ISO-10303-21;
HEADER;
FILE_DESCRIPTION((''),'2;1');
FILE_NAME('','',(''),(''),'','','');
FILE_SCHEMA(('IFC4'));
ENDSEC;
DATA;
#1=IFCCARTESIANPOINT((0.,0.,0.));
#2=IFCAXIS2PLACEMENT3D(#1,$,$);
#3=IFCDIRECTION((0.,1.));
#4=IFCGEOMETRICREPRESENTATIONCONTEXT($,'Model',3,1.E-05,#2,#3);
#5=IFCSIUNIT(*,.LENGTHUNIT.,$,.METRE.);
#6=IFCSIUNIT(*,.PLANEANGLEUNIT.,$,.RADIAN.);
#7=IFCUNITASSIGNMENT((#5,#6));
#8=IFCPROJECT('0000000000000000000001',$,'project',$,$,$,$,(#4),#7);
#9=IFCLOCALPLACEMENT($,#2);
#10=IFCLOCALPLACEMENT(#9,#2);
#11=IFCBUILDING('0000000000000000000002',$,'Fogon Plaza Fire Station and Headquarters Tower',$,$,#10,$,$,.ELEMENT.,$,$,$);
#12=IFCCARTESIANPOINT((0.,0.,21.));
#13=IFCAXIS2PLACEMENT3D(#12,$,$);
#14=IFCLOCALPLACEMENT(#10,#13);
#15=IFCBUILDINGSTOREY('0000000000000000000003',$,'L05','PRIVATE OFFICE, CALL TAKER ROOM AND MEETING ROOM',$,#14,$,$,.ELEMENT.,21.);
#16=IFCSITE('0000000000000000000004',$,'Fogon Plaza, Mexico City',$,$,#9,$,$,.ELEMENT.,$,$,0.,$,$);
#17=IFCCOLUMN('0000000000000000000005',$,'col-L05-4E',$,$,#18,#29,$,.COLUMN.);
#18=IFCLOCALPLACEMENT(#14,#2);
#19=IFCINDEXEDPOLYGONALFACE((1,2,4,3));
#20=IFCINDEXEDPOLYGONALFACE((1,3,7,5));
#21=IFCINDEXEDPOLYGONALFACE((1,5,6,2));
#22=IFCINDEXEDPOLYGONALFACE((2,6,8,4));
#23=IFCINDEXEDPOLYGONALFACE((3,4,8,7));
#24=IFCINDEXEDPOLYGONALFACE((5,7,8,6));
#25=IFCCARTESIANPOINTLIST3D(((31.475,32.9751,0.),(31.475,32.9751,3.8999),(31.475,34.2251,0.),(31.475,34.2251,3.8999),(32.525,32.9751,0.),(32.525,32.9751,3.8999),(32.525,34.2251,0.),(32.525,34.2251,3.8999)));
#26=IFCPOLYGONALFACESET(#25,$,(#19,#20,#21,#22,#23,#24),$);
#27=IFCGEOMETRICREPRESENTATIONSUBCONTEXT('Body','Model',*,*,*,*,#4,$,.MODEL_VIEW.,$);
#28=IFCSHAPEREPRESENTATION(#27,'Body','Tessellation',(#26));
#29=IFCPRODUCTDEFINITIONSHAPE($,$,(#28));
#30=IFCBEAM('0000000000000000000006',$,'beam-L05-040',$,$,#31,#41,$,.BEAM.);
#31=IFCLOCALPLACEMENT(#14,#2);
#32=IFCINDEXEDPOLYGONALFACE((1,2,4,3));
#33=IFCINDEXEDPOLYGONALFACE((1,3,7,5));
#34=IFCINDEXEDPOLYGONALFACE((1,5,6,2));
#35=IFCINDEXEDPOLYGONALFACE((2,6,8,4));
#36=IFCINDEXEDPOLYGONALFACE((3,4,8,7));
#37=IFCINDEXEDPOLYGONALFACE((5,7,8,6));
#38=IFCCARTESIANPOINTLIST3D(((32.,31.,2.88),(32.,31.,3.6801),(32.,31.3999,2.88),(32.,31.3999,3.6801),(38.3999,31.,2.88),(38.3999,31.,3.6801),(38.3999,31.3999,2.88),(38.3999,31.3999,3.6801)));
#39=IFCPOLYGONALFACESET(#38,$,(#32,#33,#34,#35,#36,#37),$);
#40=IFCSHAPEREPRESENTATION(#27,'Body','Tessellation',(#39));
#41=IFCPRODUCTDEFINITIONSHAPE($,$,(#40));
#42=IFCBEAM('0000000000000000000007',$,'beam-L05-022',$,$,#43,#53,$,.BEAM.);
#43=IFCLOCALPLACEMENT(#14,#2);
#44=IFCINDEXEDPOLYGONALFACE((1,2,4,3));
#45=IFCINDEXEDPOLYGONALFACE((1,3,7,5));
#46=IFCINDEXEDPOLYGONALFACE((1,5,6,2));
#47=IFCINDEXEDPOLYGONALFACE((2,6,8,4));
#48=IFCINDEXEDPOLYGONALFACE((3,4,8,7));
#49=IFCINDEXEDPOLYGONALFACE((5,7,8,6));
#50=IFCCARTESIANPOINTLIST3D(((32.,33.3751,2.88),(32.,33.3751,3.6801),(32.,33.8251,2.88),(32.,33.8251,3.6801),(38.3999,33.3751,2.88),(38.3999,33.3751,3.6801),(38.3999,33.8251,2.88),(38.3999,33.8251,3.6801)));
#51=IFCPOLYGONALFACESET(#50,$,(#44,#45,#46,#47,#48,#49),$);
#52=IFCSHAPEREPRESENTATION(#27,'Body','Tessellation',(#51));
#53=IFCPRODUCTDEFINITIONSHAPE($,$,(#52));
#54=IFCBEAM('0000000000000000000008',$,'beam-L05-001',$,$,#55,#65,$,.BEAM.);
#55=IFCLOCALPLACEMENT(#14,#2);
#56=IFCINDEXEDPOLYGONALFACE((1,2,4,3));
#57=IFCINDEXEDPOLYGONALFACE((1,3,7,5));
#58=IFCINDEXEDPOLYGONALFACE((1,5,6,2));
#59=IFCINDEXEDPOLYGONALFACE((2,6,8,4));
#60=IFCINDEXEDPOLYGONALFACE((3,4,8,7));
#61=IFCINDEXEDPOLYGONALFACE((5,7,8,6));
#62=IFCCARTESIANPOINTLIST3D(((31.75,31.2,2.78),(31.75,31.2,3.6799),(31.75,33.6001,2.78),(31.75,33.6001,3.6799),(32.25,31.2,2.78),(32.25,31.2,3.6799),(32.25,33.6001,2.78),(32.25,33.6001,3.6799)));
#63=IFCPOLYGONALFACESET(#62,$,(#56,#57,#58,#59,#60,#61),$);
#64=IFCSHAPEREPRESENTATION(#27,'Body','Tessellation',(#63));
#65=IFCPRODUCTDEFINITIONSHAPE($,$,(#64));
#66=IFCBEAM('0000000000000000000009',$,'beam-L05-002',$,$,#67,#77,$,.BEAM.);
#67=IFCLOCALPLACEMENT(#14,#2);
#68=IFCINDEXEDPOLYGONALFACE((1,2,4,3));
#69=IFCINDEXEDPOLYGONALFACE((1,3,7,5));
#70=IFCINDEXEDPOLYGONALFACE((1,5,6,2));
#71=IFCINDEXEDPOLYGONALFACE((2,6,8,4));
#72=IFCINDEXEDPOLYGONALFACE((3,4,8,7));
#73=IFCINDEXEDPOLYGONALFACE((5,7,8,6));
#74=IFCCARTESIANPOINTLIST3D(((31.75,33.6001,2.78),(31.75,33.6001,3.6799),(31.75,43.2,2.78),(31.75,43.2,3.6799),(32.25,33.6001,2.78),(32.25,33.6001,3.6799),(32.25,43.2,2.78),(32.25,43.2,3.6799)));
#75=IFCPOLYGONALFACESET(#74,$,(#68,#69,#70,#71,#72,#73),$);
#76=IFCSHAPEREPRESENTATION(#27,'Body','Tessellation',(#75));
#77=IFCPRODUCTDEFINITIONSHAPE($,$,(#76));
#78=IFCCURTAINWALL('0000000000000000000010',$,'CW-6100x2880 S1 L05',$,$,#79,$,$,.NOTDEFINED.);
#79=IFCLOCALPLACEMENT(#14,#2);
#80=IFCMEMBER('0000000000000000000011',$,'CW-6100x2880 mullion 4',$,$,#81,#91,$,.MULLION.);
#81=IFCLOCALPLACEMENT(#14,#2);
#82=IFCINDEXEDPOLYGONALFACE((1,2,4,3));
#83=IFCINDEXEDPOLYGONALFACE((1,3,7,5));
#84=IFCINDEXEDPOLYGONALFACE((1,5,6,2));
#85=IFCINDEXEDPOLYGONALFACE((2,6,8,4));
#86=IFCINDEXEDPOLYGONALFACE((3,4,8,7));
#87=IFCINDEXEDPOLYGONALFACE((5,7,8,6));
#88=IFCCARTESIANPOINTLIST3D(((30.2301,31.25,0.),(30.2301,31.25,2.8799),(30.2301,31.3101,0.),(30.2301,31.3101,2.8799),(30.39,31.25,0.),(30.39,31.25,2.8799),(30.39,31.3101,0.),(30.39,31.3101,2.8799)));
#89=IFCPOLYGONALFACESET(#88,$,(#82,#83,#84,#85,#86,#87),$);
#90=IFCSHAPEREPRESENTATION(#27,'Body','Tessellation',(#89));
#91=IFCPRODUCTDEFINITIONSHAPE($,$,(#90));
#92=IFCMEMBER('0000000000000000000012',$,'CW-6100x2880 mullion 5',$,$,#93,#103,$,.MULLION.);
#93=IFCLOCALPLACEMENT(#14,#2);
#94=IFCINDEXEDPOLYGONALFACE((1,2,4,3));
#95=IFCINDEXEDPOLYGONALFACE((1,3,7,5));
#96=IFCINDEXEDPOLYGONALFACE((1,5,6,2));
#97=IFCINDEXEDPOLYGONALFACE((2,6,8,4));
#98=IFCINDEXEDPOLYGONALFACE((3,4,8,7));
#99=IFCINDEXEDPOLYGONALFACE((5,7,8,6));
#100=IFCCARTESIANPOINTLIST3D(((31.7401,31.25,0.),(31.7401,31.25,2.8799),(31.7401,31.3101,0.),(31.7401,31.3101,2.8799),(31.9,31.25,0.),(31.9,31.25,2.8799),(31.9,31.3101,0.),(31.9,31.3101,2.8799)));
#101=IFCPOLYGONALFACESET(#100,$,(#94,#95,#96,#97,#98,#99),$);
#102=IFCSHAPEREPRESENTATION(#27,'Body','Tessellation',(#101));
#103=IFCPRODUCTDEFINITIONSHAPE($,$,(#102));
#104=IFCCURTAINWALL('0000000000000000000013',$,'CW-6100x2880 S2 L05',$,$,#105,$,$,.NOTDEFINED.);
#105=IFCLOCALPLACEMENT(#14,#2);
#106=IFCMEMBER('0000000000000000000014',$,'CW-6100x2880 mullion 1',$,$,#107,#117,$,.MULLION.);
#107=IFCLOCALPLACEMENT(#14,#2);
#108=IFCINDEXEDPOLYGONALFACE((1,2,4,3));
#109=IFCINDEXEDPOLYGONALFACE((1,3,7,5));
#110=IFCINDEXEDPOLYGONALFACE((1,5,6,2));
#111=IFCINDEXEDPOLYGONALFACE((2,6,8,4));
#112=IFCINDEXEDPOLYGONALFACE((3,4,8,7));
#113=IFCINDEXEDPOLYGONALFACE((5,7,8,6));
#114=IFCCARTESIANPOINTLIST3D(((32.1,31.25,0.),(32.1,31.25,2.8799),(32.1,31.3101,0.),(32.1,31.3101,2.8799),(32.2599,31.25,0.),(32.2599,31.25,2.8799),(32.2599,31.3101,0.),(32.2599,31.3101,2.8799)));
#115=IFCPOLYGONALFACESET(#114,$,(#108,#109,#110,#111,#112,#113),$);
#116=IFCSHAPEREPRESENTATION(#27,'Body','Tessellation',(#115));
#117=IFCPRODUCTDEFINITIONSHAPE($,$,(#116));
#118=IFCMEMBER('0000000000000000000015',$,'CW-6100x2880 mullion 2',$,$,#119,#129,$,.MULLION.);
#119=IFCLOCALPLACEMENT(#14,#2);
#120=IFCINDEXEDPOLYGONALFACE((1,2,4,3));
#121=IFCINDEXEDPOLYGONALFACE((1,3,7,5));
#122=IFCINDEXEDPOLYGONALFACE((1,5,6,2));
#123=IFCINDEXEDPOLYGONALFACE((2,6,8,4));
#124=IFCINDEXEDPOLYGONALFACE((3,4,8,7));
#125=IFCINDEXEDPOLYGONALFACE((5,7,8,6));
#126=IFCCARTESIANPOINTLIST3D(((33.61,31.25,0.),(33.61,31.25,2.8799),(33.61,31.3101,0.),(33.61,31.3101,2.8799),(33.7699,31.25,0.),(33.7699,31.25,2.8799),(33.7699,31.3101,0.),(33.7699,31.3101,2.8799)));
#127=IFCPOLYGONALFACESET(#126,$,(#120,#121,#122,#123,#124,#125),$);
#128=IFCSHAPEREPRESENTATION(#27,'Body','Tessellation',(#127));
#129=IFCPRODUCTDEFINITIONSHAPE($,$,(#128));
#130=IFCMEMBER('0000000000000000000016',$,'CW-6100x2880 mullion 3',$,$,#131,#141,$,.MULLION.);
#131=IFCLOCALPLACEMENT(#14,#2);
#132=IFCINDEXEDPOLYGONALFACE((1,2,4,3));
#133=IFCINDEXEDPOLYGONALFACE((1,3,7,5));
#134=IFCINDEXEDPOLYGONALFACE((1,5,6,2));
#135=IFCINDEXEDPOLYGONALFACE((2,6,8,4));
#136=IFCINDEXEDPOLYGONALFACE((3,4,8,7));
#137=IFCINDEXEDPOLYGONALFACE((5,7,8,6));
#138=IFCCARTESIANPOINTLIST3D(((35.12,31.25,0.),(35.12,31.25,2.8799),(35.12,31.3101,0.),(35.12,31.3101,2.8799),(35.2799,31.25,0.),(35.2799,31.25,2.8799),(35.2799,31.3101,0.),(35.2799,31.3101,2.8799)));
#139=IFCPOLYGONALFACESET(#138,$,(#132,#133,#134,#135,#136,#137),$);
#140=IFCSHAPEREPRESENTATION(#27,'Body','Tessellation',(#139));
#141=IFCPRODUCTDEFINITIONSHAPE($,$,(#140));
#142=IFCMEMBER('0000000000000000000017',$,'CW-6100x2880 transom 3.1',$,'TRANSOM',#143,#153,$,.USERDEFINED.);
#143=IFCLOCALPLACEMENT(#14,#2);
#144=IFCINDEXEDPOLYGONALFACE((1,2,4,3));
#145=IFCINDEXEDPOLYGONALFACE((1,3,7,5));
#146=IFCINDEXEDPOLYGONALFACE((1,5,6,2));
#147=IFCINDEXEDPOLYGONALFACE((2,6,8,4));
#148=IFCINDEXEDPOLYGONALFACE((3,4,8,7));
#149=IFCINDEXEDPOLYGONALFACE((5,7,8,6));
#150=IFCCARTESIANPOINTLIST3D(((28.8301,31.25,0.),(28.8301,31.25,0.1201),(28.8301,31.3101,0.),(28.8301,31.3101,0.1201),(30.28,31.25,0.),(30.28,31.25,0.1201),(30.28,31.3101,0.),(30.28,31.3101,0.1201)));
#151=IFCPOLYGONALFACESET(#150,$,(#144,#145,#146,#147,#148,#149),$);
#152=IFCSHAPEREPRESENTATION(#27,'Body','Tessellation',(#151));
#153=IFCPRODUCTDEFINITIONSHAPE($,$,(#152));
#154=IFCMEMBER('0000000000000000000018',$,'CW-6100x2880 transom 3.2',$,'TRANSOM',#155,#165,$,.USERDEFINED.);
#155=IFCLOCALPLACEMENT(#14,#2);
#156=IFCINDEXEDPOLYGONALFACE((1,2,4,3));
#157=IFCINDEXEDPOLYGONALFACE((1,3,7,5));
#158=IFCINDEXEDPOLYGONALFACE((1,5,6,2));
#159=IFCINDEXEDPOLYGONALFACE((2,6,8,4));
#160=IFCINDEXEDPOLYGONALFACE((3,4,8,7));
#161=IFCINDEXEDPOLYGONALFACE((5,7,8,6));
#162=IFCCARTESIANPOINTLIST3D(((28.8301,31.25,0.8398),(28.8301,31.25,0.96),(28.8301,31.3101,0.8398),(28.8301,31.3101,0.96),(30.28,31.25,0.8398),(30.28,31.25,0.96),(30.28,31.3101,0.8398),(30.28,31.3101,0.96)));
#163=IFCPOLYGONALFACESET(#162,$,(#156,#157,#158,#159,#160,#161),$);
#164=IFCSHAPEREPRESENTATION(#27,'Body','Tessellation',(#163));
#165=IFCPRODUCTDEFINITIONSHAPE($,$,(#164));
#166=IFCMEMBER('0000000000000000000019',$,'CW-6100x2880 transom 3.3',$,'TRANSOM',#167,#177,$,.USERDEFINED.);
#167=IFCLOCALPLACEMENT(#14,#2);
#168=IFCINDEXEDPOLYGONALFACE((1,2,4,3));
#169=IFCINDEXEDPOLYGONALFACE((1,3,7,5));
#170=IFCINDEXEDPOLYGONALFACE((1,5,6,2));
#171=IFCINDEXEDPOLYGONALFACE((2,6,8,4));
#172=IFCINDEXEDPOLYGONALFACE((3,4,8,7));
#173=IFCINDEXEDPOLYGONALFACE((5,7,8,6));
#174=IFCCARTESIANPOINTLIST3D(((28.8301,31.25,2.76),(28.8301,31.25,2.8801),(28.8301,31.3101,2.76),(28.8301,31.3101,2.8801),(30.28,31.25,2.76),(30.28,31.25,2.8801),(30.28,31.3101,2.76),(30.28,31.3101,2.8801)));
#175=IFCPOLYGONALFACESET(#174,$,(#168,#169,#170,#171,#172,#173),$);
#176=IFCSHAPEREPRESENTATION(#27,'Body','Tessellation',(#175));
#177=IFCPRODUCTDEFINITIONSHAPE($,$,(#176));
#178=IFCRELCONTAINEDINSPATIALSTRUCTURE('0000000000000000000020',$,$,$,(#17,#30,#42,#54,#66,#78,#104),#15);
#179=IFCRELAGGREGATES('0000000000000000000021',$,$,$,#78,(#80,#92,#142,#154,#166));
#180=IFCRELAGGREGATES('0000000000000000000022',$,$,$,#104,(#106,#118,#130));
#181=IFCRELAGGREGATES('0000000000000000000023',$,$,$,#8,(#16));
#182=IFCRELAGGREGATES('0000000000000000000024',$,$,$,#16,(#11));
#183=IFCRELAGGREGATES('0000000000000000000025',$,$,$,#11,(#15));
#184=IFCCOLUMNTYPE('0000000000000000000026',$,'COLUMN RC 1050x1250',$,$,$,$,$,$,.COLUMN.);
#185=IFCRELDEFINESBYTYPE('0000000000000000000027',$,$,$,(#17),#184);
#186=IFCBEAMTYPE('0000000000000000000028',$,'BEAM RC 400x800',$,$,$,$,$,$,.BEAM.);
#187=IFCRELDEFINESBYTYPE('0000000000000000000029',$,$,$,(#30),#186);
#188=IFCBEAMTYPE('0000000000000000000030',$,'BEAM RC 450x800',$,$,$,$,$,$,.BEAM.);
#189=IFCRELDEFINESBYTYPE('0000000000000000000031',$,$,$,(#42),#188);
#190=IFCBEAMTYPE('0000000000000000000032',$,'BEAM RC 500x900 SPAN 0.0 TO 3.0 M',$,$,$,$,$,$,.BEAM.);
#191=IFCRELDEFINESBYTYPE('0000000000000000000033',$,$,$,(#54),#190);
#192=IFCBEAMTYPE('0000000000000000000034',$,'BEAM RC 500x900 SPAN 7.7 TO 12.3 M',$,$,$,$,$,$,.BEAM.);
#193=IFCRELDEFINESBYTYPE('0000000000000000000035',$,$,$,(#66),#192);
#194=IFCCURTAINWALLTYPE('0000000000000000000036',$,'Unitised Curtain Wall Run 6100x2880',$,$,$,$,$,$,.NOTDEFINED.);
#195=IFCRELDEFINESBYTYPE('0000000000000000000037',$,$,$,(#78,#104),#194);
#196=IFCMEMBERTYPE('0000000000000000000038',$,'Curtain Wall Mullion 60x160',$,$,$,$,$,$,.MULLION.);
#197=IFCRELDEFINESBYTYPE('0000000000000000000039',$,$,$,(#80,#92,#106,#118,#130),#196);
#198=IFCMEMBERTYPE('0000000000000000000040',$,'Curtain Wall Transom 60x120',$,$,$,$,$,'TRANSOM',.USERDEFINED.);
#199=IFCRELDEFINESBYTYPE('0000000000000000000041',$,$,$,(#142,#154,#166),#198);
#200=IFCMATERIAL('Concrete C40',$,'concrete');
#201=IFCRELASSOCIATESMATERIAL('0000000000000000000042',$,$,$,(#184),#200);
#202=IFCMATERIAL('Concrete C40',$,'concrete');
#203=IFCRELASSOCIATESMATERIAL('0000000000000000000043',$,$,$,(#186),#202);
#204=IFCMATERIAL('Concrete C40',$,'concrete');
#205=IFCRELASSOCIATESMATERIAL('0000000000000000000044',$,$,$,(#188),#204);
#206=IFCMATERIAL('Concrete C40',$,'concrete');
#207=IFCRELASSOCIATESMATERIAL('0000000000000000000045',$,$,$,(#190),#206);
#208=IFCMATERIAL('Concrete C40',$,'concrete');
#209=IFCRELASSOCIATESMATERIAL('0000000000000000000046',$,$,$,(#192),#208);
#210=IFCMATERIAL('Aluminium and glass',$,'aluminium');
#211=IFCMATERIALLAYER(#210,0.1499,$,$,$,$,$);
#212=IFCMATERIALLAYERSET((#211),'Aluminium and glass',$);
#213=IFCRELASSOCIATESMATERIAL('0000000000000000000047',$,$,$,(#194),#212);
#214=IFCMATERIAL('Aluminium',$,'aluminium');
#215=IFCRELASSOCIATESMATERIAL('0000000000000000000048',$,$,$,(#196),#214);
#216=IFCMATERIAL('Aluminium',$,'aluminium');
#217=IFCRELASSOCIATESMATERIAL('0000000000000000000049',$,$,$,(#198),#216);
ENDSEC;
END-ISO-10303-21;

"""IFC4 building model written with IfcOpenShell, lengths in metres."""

from ifc_helpers import new_model, si_unit, direction, frame, origin, origin_2d, place, context, subcontext, project, spatial, rectangle, extrude, material, layer, layer_set, material_profile, profile_set, type_object, element, aggregate, save


model = new_model("IFC4")

# Units and contexts
model_context = context("Model", 3, precision=1e-05, world=origin(), true_north=direction((0.0, 1.0)))
body_context = subcontext(model_context, "Body", "Model", "MODEL_VIEW")
ifc_project = project(units=[si_unit("LENGTHUNIT", "METRE"), si_unit("PLANEANGLEUNIT", "RADIAN")], contexts=[model_context])

# Site, building, storey
site_placement = place(None, origin())
site = spatial("IfcSite", under=ifc_project, at=site_placement, Name="Fogon Plaza, Mexico City", CompositionType="ELEMENT", RefElevation=0.0)
building_placement = place(site_placement, origin())
building = spatial("IfcBuilding", under=site, at=building_placement, Name="Fogon Plaza Fire Station and Headquarters Tower", CompositionType="ELEMENT")
storey_placement = place(building_placement, frame((0.0, 0.0, 21.0)))
storey = spatial("IfcBuildingStorey", under=building, at=storey_placement, Name="L05", Description="PRIVATE OFFICE, CALL TAKER ROOM AND MEETING ROOM", CompositionType="ELEMENT", Elevation=21.0)

# Column
ifc_material_1 = material(Name="Concrete C40", Category="concrete")
ifc_material_profile_1 = material_profile(ifc_material_1, rectangle(XDim=1.05, YDim=1.25, at=origin_2d()), Name="RC 1050x1250")
ifc_profile_set_1 = profile_set([ifc_material_profile_1], Name="Concrete C40")
column_type = type_object("IfcColumnType", Name="COLUMN RC 1050x1250", PredefinedType="COLUMN", material=ifc_profile_set_1)
column_placement = place(storey_placement, frame((32.0, 33.6001, 0.0), z_axis=(0.0, 0.0, 1.0), x_axis=(1.0, 0.0, 0.0)))
element("IfcColumn", 1, at=column_placement, inside=storey, type_object=column_type, Name="col-L05-4E", PredefinedType="COLUMN", context=body_context, shape_type="SweptSolid", body=[
    extrude(rectangle(XDim=1.05, YDim=1.25, at=origin_2d()), origin(), (0.0, 0.0, 1.0), 3.8999),
])

# Beams
ifc_material_2 = material(Name="Concrete C40", Category="concrete")
ifc_material_profile_2 = material_profile(ifc_material_2, rectangle(XDim=0.3999, YDim=0.8, at=origin_2d()), Name="RC 400x800")
ifc_profile_set_2 = profile_set([ifc_material_profile_2], Name="Concrete C40")
beam_type_1 = type_object("IfcBeamType", Name="BEAM RC 400x800", PredefinedType="BEAM", material=ifc_profile_set_2)
beam_1_placement = place(storey_placement, frame((32.0, 31.2, 3.28), z_axis=(1.0, 0.0, 0.0), x_axis=(0.0, 1.0, 0.0)))
element("IfcBeam", 2, at=beam_1_placement, inside=storey, type_object=beam_type_1, Name="beam-L05-040", PredefinedType="BEAM", context=body_context, shape_type="SweptSolid", body=[
    extrude(rectangle(XDim=0.3999, YDim=0.8, at=origin_2d()), origin(), (0.0, 0.0, 1.0), 6.3999),
])
ifc_material_3 = material(Name="Concrete C40", Category="concrete")
ifc_material_profile_3 = material_profile(ifc_material_3, rectangle(XDim=0.45, YDim=0.8, at=origin_2d()), Name="RC 450x800")
ifc_profile_set_3 = profile_set([ifc_material_profile_3], Name="Concrete C40")
beam_type_2 = type_object("IfcBeamType", Name="BEAM RC 450x800", PredefinedType="BEAM", material=ifc_profile_set_3)
beam_2_placement = place(storey_placement, frame((32.0, 33.6001, 3.28), z_axis=(1.0, 0.0, 0.0), x_axis=(0.0, 1.0, 0.0)))
element("IfcBeam", 3, at=beam_2_placement, inside=storey, type_object=beam_type_2, Name="beam-L05-022", PredefinedType="BEAM", context=body_context, shape_type="SweptSolid", body=[
    extrude(rectangle(XDim=0.45, YDim=0.8, at=origin_2d()), origin(), (0.0, 0.0, 1.0), 6.3999),
])
ifc_material_4 = material(Name="Concrete C40", Category="concrete")
ifc_material_profile_4 = material_profile(ifc_material_4, rectangle(XDim=0.5, YDim=0.8999, at=origin_2d()), Name="RC 500x900")
ifc_profile_set_4 = profile_set([ifc_material_profile_4], Name="Concrete C40")
beam_type_3 = type_object("IfcBeamType", Name="BEAM RC 500x900 SPAN 0.0 TO 3.0 M", PredefinedType="BEAM", material=ifc_profile_set_4)
beam_3_placement = place(storey_placement, frame((32.0, 31.2, 3.23), z_axis=(0.0, 1.0, 0.0), x_axis=(-1.0, 0.0, 0.0)))
element("IfcBeam", 4, at=beam_3_placement, inside=storey, type_object=beam_type_3, Name="beam-L05-001", PredefinedType="BEAM", context=body_context, shape_type="SweptSolid", body=[
    extrude(rectangle(XDim=0.5, YDim=0.8999, at=origin_2d()), origin(), (0.0, 0.0, 1.0), 2.4001),
])
ifc_material_5 = material(Name="Concrete C40", Category="concrete")
ifc_material_profile_5 = material_profile(ifc_material_5, rectangle(XDim=0.5, YDim=0.8999, at=origin_2d()), Name="RC 500x900")
ifc_profile_set_5 = profile_set([ifc_material_profile_5], Name="Concrete C40")
beam_type_4 = type_object("IfcBeamType", Name="BEAM RC 500x900 SPAN 7.7 TO 12.3 M", PredefinedType="BEAM", material=ifc_profile_set_5)
beam_4_placement = place(storey_placement, frame((32.0, 33.6001, 3.23), z_axis=(0.0, 1.0, 0.0), x_axis=(-1.0, 0.0, 0.0)))
element("IfcBeam", 5, at=beam_4_placement, inside=storey, type_object=beam_type_4, Name="beam-L05-002", PredefinedType="BEAM", context=body_context, shape_type="SweptSolid", body=[
    extrude(rectangle(XDim=0.5, YDim=0.8999, at=origin_2d()), origin(), (0.0, 0.0, 1.0), 9.5999),
])

# Curtain walls, members
ifc_material_6 = material(Name="Aluminium and glass", Category="aluminium")
ifc_layer_1 = layer(ifc_material_6, 0.1499)
ifc_layer_set_1 = layer_set([ifc_layer_1], Name="Aluminium and glass")
curtain_wall_type = type_object("IfcCurtainWallType", Name="Unitised Curtain Wall Run 6100x2880", PredefinedType="NOTDEFINED", material=ifc_layer_set_1)
curtain_wall_1_placement = place(storey_placement, origin())
curtain_wall_1 = element("IfcCurtainWall", 6, at=curtain_wall_1_placement, inside=storey, type_object=curtain_wall_type, Name="CW-6100x2880 S1 L05", PredefinedType="NOTDEFINED")
ifc_material_7 = material(Name="Aluminium", Category="aluminium")
ifc_material_profile_6 = material_profile(ifc_material_7, rectangle(XDim=0.0601, YDim=0.1599, at=origin_2d()), Name="Curtain Wall Mullion 60x160")
ifc_profile_set_6 = profile_set([ifc_material_profile_6], Name="Aluminium")
member_type_1 = type_object("IfcMemberType", Name="Curtain Wall Mullion 60x160", PredefinedType="MULLION", material=ifc_profile_set_6)
member_1_placement = place(storey_placement, frame((30.3101, 31.28, 0.0), z_axis=(0.0, 0.0, 1.0), x_axis=(0.0, 1.0, 0.0)))
member_1 = element("IfcMember", 7, at=member_1_placement, type_object=member_type_1, Name="CW-6100x2880 mullion 4", PredefinedType="MULLION", context=body_context, shape_type="SweptSolid", body=[
    extrude(rectangle(XDim=0.0601, YDim=0.1599, at=origin_2d()), origin(), (0.0, 0.0, 1.0), 2.8799),
])
member_2_placement = place(storey_placement, frame((31.8201, 31.28, 0.0), z_axis=(0.0, 0.0, 1.0), x_axis=(0.0, 1.0, 0.0)))
member_2 = element("IfcMember", 8, at=member_2_placement, type_object=member_type_1, Name="CW-6100x2880 mullion 5", PredefinedType="MULLION", context=body_context, shape_type="SweptSolid", body=[
    extrude(rectangle(XDim=0.0601, YDim=0.1599, at=origin_2d()), origin(), (0.0, 0.0, 1.0), 2.8799),
])
curtain_wall_2_placement = place(storey_placement, origin())
curtain_wall_2 = element("IfcCurtainWall", 9, at=curtain_wall_2_placement, inside=storey, type_object=curtain_wall_type, Name="CW-6100x2880 S2 L05", PredefinedType="NOTDEFINED")
member_3_placement = place(storey_placement, frame((32.1799, 31.28, 0.0), z_axis=(0.0, 0.0, 1.0), x_axis=(0.0, 1.0, 0.0)))
member_3 = element("IfcMember", 10, at=member_3_placement, type_object=member_type_1, Name="CW-6100x2880 mullion 1", PredefinedType="MULLION", context=body_context, shape_type="SweptSolid", body=[
    extrude(rectangle(XDim=0.0601, YDim=0.1599, at=origin_2d()), origin(), (0.0, 0.0, 1.0), 2.8799),
])
member_4_placement = place(storey_placement, frame((33.6899, 31.28, 0.0), z_axis=(0.0, 0.0, 1.0), x_axis=(0.0, 1.0, 0.0)))
member_4 = element("IfcMember", 11, at=member_4_placement, type_object=member_type_1, Name="CW-6100x2880 mullion 2", PredefinedType="MULLION", context=body_context, shape_type="SweptSolid", body=[
    extrude(rectangle(XDim=0.0601, YDim=0.1599, at=origin_2d()), origin(), (0.0, 0.0, 1.0), 2.8799),
])
member_5_placement = place(storey_placement, frame((35.2, 31.28, 0.0), z_axis=(0.0, 0.0, 1.0), x_axis=(0.0, 1.0, 0.0)))
member_5 = element("IfcMember", 12, at=member_5_placement, type_object=member_type_1, Name="CW-6100x2880 mullion 3", PredefinedType="MULLION", context=body_context, shape_type="SweptSolid", body=[
    extrude(rectangle(XDim=0.0601, YDim=0.1599, at=origin_2d()), origin(), (0.0, 0.0, 1.0), 2.8799),
])

# Members
ifc_material_8 = material(Name="Aluminium", Category="aluminium")
ifc_material_profile_7 = material_profile(ifc_material_8, rectangle(XDim=0.0601, YDim=0.1201, at=origin_2d()), Name="Curtain Wall Transom 60x120")
ifc_profile_set_7 = profile_set([ifc_material_profile_7], Name="Aluminium")
member_type_2 = type_object("IfcMemberType", Name="Curtain Wall Transom 60x120", ElementType="TRANSOM", PredefinedType="USERDEFINED", material=ifc_profile_set_7)
member_6_placement = place(storey_placement, frame((28.8301, 31.28, 0.0601), z_axis=(1.0, 0.0, 0.0), x_axis=(0.0, 1.0, 0.0)))
member_6 = element("IfcMember", 13, at=member_6_placement, type_object=member_type_2, Name="CW-6100x2880 transom 3.1", ObjectType="TRANSOM", PredefinedType="USERDEFINED", context=body_context, shape_type="SweptSolid", body=[
    extrude(rectangle(XDim=0.0601, YDim=0.1201, at=origin_2d()), origin(), (0.0, 0.0, 1.0), 1.45),
])
member_7_placement = place(storey_placement, frame((28.8301, 31.28, 0.8999), z_axis=(1.0, 0.0, 0.0), x_axis=(0.0, 1.0, 0.0)))
member_7 = element("IfcMember", 14, at=member_7_placement, type_object=member_type_2, Name="CW-6100x2880 transom 3.2", ObjectType="TRANSOM", PredefinedType="USERDEFINED", context=body_context, shape_type="SweptSolid", body=[
    extrude(rectangle(XDim=0.0601, YDim=0.1201, at=origin_2d()), origin(), (0.0, 0.0, 1.0), 1.45),
])
member_8_placement = place(storey_placement, frame((28.8301, 31.28, 2.8201), z_axis=(1.0, 0.0, 0.0), x_axis=(0.0, 1.0, 0.0)))
member_8 = element("IfcMember", 15, at=member_8_placement, type_object=member_type_2, Name="CW-6100x2880 transom 3.3", ObjectType="TRANSOM", PredefinedType="USERDEFINED", context=body_context, shape_type="SweptSolid", body=[
    extrude(rectangle(XDim=0.0601, YDim=0.1201, at=origin_2d()), origin(), (0.0, 0.0, 1.0), 1.45),
])

aggregate(curtain_wall_1, [member_1, member_2, member_6, member_7, member_8])
aggregate(curtain_wall_2, [member_3, member_4, member_5])

save(model, "model.ifc")
